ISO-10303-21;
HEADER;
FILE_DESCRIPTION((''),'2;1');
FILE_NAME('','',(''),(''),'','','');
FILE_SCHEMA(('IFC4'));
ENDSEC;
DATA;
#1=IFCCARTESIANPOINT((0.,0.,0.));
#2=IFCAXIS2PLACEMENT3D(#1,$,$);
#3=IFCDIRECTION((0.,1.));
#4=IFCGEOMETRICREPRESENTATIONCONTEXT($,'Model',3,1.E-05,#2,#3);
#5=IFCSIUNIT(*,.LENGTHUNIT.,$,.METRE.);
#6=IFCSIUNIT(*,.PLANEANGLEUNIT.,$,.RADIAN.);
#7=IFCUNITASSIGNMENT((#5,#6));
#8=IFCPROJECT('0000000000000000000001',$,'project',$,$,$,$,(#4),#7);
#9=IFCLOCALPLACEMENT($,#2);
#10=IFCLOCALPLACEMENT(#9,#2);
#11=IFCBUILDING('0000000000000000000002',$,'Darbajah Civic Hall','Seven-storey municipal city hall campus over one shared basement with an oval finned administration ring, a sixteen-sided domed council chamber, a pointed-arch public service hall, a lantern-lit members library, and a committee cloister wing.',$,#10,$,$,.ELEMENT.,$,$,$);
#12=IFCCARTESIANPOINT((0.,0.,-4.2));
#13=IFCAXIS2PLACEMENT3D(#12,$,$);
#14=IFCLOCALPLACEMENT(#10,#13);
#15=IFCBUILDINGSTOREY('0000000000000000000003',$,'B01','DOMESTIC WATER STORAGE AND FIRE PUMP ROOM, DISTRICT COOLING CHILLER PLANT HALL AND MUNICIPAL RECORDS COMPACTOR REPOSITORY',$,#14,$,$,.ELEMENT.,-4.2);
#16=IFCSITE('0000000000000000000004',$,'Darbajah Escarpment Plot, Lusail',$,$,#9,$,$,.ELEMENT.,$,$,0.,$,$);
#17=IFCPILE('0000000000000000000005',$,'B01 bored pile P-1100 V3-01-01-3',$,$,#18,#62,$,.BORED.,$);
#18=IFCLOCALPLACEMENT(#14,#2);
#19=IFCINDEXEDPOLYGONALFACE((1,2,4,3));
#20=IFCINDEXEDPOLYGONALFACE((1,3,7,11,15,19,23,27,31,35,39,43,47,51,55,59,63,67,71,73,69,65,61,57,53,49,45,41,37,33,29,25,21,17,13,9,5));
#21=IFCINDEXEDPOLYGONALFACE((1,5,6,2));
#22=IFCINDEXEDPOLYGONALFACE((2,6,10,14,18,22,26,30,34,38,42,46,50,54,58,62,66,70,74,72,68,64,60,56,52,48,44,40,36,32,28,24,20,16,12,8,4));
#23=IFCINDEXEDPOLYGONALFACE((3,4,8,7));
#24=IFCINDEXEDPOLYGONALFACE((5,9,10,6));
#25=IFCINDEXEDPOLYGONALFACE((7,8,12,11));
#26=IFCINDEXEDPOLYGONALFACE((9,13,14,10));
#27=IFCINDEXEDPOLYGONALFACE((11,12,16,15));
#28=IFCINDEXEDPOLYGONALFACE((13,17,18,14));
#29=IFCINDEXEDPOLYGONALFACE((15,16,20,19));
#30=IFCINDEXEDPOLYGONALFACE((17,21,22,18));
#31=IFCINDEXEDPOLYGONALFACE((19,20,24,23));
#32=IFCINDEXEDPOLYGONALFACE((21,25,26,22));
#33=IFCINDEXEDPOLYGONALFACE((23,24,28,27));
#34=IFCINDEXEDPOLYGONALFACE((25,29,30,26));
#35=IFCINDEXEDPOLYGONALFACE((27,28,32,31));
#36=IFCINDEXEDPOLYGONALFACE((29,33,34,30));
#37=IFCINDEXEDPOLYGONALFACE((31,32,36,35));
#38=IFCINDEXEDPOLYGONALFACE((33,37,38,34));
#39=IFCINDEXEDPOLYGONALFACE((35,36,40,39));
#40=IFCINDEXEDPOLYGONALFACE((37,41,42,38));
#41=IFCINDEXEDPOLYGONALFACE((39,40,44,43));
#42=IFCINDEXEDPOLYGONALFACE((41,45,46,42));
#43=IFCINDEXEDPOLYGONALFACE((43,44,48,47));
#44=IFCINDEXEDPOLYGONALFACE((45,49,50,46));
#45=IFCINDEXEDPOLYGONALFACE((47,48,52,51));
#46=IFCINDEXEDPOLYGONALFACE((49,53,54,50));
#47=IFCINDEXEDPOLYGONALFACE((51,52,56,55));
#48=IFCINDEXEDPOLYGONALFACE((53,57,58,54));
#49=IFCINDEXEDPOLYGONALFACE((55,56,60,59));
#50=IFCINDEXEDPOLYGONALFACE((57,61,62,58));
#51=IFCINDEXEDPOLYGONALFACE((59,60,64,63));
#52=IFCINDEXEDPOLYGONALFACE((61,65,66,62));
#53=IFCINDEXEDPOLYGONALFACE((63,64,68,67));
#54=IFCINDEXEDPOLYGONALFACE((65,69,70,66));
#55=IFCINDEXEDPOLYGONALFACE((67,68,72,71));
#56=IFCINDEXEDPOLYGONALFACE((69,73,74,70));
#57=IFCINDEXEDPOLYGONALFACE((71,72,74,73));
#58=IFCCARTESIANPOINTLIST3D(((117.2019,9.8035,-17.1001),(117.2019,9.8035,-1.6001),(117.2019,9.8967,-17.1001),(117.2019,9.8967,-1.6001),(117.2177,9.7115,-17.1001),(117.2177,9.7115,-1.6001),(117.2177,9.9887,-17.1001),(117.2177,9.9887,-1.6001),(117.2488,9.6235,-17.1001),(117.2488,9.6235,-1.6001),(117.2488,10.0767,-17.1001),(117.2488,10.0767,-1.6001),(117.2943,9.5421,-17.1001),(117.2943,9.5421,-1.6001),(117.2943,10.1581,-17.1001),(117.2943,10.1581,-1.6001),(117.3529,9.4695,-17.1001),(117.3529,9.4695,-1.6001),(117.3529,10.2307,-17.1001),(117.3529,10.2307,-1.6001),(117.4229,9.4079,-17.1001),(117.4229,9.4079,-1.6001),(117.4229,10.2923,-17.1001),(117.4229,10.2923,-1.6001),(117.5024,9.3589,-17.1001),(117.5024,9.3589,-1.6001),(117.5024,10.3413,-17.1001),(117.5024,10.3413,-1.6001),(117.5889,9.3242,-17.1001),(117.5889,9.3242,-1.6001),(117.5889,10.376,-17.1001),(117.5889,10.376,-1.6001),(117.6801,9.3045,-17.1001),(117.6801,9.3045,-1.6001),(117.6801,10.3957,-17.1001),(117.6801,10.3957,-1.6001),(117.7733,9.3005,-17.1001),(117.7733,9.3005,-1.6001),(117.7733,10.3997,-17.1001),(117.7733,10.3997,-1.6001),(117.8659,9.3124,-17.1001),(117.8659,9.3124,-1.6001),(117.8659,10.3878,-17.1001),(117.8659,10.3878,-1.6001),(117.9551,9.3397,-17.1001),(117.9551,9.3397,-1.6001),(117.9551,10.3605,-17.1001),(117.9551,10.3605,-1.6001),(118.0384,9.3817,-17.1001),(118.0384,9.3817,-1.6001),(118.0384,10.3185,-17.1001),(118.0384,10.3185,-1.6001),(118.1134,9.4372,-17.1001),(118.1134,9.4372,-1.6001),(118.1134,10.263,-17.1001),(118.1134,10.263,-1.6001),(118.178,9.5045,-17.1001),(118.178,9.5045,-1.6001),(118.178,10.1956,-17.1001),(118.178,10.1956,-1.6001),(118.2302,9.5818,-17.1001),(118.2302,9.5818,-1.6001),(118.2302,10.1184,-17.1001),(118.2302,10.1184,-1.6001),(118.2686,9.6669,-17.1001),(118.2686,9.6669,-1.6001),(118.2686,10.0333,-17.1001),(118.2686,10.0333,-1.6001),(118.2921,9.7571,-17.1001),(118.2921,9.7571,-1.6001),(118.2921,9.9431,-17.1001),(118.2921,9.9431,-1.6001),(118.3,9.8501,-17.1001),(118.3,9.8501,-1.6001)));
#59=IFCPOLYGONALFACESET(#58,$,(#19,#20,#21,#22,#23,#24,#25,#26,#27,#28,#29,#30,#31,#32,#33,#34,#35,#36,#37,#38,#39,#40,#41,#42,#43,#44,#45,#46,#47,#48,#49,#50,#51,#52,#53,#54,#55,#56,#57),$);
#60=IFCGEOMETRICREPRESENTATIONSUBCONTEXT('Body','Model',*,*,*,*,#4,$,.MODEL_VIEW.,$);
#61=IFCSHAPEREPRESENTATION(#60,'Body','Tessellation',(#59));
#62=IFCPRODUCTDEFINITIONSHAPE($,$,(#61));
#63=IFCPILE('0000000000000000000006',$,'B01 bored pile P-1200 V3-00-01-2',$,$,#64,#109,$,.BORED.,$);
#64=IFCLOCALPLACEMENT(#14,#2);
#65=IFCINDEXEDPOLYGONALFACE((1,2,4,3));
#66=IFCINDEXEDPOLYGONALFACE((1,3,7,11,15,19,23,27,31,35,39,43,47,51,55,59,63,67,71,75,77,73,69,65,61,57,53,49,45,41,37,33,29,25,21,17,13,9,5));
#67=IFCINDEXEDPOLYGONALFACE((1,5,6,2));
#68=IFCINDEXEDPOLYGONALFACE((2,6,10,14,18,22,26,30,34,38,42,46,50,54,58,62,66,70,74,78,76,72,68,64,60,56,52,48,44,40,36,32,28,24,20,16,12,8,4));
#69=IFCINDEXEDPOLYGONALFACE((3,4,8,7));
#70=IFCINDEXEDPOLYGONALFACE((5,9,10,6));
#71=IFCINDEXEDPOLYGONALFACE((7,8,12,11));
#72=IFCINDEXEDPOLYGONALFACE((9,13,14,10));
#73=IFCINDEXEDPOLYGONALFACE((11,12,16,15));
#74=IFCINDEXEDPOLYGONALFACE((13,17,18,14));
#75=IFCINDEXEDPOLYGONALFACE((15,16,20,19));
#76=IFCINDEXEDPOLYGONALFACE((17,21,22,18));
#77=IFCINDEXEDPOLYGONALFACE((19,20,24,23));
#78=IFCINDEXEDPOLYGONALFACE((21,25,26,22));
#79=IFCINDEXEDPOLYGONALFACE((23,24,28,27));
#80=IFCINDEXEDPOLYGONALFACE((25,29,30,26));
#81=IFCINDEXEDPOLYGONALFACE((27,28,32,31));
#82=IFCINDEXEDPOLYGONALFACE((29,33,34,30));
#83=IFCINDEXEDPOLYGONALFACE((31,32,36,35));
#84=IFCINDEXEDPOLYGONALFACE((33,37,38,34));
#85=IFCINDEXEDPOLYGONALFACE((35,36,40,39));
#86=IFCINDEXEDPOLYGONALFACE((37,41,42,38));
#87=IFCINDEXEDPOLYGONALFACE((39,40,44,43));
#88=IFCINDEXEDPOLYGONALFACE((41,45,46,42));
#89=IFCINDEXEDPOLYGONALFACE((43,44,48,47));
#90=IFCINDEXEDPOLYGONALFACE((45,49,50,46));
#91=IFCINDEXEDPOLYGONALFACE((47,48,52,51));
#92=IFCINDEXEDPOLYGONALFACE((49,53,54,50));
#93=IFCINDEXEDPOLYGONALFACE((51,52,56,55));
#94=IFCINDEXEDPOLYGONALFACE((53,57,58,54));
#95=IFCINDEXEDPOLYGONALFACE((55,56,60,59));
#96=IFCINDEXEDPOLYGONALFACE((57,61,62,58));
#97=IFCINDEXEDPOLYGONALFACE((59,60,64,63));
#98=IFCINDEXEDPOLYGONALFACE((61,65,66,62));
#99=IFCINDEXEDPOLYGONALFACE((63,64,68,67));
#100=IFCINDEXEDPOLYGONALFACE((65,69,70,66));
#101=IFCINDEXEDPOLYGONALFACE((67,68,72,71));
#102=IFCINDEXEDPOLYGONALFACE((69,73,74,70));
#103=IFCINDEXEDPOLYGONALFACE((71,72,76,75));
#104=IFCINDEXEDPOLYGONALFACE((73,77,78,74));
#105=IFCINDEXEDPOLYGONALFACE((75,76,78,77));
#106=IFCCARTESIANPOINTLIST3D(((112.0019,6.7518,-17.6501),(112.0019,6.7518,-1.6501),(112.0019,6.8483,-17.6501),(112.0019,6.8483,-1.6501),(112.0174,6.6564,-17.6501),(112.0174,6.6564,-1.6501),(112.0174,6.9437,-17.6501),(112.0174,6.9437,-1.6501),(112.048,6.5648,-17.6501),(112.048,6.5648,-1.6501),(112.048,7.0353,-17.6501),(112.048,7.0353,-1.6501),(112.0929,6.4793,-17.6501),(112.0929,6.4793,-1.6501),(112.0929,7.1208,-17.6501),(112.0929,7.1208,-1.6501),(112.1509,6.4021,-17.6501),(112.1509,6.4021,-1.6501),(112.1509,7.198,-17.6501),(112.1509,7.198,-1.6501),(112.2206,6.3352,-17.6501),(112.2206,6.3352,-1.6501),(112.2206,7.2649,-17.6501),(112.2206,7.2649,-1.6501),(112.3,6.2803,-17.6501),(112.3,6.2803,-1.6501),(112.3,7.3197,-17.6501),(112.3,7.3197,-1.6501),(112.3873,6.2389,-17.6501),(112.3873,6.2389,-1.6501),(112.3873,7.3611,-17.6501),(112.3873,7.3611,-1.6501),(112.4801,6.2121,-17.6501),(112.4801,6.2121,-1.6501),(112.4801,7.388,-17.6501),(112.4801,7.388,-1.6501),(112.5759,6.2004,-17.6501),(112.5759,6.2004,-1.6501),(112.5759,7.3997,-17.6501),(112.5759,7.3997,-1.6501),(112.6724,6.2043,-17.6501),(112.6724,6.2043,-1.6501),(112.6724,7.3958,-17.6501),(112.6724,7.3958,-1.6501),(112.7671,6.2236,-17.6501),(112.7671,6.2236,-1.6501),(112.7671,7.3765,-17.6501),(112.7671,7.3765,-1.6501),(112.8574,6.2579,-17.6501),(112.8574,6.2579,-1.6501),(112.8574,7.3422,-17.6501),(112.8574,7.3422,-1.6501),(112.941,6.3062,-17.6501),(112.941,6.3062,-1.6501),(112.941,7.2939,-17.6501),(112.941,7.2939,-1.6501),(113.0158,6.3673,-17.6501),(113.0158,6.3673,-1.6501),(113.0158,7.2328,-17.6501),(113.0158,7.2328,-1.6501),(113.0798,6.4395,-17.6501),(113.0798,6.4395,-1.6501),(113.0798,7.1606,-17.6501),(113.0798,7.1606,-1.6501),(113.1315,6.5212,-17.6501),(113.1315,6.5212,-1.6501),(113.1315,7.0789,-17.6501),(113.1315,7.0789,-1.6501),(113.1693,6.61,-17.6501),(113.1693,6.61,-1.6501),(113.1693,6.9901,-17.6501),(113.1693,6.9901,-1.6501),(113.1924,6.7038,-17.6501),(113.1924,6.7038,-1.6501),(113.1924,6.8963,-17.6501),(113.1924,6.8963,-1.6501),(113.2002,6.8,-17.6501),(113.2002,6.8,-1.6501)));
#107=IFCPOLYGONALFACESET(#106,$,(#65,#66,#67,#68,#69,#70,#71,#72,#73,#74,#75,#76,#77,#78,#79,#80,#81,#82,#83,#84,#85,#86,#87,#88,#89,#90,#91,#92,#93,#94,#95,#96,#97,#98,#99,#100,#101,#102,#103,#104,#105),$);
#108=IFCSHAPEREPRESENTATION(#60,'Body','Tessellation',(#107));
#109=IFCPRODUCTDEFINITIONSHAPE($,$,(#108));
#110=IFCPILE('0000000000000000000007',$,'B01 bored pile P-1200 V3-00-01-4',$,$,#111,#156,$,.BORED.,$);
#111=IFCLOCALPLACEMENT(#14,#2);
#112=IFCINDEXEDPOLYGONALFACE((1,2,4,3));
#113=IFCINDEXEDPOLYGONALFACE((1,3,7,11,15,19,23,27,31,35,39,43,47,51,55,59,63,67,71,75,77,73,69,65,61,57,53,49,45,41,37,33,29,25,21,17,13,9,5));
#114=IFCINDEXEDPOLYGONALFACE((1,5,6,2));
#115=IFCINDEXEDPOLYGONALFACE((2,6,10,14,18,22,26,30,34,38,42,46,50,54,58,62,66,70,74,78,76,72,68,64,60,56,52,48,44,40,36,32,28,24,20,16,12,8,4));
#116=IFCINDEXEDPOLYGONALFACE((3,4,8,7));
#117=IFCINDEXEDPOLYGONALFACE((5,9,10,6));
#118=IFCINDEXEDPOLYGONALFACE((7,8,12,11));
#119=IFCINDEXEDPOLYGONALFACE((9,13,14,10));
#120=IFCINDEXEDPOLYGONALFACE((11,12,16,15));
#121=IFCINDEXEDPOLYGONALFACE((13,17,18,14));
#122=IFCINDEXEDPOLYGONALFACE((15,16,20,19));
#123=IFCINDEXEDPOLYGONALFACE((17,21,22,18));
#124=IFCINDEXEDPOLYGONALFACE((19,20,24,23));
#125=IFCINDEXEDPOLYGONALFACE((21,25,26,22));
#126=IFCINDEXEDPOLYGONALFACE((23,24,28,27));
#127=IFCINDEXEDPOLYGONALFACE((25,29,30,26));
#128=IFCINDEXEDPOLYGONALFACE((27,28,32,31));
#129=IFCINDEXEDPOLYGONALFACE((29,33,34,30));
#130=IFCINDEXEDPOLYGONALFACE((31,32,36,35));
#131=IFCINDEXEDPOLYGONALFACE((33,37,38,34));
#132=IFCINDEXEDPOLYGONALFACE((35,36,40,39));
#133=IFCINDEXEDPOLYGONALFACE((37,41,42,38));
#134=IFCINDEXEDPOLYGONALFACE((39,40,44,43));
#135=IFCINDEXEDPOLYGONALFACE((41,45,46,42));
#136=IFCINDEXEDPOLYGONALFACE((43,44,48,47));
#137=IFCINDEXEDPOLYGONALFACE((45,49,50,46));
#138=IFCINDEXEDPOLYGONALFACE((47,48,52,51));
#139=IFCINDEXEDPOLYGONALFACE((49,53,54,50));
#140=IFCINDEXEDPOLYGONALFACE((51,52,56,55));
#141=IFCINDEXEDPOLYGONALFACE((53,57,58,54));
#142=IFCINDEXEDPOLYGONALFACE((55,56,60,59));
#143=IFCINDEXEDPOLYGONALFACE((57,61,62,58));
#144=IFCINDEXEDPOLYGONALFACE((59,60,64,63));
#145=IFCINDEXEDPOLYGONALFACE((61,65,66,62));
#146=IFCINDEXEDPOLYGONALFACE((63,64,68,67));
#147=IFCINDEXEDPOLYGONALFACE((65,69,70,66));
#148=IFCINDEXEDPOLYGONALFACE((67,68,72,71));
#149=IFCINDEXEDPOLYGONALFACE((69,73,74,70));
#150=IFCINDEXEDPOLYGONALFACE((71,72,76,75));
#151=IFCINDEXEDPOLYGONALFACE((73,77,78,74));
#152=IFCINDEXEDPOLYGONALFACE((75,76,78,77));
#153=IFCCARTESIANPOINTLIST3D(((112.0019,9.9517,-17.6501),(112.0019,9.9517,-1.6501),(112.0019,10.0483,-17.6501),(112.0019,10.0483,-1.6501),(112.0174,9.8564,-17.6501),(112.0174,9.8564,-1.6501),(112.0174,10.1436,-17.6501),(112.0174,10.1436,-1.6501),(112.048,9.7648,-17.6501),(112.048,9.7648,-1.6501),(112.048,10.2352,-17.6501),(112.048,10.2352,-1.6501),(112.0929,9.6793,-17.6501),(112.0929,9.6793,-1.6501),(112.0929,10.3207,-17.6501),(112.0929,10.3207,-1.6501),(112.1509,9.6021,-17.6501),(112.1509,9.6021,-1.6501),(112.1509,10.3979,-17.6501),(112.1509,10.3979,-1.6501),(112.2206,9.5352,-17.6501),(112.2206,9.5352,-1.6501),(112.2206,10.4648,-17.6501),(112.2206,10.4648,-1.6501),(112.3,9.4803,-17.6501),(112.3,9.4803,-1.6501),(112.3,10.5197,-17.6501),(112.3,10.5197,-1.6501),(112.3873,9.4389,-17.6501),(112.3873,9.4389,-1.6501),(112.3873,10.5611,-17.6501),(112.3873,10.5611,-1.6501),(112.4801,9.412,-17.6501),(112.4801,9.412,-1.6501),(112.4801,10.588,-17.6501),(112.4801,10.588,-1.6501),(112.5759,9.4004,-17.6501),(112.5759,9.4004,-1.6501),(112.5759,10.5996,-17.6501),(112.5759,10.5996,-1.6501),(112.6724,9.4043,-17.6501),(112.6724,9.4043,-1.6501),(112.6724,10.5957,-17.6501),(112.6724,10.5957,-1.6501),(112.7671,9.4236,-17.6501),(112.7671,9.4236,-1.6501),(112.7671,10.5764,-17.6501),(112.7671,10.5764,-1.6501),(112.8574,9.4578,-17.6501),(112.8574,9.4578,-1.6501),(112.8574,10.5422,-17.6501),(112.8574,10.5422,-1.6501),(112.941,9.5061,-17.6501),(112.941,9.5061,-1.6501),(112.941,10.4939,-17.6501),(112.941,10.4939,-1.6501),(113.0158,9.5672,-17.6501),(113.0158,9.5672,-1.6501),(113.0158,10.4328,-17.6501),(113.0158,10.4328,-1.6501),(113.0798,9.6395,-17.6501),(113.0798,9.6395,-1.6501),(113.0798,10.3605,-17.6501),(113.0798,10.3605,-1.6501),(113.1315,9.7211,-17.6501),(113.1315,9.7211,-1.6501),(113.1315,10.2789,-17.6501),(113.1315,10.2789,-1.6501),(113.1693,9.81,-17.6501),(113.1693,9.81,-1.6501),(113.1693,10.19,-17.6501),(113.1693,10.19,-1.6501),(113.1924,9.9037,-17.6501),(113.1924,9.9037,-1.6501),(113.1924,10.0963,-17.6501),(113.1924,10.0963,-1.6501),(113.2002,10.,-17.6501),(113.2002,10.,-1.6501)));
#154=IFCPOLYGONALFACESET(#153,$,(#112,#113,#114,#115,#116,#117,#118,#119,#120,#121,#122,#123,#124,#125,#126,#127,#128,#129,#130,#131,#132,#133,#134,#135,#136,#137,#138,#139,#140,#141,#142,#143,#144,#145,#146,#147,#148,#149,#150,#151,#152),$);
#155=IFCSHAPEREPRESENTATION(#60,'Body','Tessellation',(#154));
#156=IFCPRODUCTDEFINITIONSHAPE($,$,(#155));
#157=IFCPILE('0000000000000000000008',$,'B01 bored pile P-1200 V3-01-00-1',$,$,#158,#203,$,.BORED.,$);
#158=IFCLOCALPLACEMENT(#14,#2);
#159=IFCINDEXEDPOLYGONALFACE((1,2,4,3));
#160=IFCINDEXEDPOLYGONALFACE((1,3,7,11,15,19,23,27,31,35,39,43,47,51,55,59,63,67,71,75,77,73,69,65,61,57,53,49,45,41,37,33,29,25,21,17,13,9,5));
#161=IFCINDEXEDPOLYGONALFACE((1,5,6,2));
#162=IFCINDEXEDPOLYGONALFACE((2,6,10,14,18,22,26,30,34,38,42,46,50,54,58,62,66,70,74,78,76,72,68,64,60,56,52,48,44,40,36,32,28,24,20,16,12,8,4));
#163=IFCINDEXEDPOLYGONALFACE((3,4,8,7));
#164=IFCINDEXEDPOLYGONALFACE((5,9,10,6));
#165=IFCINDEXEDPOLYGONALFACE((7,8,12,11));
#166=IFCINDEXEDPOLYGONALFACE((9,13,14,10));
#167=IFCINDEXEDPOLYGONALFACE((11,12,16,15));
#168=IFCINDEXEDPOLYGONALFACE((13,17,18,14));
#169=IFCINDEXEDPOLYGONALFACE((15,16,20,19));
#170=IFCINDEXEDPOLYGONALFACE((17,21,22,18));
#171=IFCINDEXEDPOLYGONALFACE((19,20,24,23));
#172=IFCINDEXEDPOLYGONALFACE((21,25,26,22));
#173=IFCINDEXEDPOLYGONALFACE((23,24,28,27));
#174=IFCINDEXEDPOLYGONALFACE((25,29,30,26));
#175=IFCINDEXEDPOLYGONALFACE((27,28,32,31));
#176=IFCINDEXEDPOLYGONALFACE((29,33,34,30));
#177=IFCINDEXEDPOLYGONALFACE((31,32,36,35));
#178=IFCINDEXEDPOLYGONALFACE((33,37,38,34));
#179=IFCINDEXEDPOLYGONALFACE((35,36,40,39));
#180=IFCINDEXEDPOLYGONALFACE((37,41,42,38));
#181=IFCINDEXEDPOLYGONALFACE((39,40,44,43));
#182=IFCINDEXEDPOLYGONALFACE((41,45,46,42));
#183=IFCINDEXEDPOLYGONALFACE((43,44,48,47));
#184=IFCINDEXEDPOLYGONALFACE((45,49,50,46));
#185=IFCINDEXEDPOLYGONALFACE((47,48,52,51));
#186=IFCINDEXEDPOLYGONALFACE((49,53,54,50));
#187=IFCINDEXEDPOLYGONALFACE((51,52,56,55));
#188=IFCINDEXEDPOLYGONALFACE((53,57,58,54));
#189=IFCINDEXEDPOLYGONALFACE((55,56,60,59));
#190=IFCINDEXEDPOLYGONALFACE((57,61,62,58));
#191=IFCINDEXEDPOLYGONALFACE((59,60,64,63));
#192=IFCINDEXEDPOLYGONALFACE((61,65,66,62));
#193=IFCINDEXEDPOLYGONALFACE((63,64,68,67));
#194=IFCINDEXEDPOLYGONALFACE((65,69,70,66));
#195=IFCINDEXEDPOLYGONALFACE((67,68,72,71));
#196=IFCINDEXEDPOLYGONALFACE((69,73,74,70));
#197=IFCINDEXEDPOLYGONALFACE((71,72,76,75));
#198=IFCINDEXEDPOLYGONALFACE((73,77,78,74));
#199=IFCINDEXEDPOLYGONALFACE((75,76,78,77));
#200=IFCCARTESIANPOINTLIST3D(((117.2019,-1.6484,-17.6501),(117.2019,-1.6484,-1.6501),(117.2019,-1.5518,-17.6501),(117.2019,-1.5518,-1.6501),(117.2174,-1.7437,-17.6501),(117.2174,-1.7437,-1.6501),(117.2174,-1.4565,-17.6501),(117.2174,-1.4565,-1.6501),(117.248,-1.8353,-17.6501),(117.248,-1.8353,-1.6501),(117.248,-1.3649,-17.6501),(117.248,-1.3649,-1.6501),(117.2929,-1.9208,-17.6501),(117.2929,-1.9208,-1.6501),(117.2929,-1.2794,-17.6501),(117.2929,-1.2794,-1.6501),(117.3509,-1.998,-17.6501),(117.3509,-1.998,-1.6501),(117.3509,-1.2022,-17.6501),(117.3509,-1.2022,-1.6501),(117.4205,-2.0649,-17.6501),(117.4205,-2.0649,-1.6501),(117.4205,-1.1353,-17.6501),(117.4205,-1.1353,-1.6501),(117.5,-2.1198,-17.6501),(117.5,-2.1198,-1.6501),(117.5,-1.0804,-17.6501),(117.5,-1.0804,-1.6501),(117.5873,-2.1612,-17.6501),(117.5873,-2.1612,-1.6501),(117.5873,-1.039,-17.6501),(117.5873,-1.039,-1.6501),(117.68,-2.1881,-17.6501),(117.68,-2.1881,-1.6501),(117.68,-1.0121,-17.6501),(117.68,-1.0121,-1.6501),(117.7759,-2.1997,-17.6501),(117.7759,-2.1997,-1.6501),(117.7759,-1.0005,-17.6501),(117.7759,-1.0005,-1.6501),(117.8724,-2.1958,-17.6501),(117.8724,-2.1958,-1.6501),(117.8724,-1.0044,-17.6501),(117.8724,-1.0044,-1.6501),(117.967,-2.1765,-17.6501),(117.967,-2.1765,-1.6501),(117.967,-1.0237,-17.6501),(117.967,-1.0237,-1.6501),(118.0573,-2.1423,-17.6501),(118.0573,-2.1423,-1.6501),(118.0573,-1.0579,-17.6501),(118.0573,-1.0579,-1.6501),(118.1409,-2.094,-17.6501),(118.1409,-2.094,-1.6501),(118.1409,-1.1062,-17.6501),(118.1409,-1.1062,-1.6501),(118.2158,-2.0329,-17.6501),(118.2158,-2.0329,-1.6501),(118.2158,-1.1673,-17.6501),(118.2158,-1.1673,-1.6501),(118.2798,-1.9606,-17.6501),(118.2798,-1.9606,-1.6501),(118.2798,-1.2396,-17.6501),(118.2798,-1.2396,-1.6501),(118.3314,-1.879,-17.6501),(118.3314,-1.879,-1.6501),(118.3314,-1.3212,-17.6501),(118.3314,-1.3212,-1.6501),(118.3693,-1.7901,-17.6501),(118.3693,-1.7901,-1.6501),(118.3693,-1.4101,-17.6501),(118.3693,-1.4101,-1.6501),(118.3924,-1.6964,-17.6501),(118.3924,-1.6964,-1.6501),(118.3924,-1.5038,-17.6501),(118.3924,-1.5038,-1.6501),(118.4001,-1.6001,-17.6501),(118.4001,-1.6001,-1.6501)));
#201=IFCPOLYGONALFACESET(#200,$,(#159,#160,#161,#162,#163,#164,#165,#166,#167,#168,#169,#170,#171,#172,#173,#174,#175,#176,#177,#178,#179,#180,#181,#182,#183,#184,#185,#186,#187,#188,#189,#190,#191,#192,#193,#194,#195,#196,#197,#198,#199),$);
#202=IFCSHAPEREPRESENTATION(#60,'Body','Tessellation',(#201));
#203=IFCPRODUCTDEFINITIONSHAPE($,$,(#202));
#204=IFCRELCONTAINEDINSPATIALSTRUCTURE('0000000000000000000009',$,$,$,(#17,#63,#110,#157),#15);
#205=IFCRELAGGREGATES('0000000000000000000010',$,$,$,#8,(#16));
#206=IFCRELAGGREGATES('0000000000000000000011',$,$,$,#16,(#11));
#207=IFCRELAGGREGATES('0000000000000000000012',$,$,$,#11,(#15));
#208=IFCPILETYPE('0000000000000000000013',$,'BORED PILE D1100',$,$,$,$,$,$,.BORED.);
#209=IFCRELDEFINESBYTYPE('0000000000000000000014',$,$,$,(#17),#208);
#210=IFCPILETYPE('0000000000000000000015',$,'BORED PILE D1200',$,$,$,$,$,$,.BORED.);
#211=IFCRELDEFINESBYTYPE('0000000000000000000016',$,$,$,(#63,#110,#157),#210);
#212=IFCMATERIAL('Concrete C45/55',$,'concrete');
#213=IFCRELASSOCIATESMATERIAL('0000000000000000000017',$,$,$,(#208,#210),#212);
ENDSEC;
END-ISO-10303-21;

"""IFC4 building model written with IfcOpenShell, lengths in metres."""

from ifc_helpers import new_model, si_unit, direction, frame, origin, origin_2d, place, context, subcontext, project, spatial, circle, extrude, material, material_profile, profile_set, type_object, element, save


model = new_model("IFC4")

# Units and contexts
model_context = context("Model", 3, precision=1e-05, world=origin(), true_north=direction((0.0, 1.0)))
body_context = subcontext(model_context, "Body", "Model", "MODEL_VIEW")
ifc_project = project(units=[si_unit("LENGTHUNIT", "METRE"), si_unit("PLANEANGLEUNIT", "RADIAN")], contexts=[model_context])

# Site, building, storey
site_placement = place(None, origin())
site = spatial("IfcSite", under=ifc_project, at=site_placement, Name="Darbajah Escarpment Plot, Lusail", CompositionType="ELEMENT", RefElevation=0.0)
building_placement = place(site_placement, origin())
building = spatial("IfcBuilding", under=site, at=building_placement, Name="Darbajah Civic Hall", Description="Seven-storey municipal city hall campus over one shared basement with an oval finned administration ring, a sixteen-sided domed council chamber, a pointed-arch public service hall, a lantern-lit members library, and a committee cloister wing.", CompositionType="ELEMENT")
storey_placement = place(building_placement, frame((0.0, 0.0, -4.2)))
storey = spatial("IfcBuildingStorey", under=building, at=storey_placement, Name="B01", Description="DOMESTIC WATER STORAGE AND FIRE PUMP ROOM, DISTRICT COOLING CHILLER PLANT HALL AND MUNICIPAL RECORDS COMPACTOR REPOSITORY", CompositionType="ELEMENT", Elevation=-4.2)

# Piles
ifc_material_1 = material(Name="Concrete C45/55", Category="concrete")
ifc_material_profile_1 = material_profile(ifc_material_1, circle(Radius=0.55, at=origin_2d()), Name="BORED PILE D1100")
ifc_profile_set_1 = profile_set([ifc_material_profile_1], Name="Concrete C45/55")
pile_type_1 = type_object("IfcPileType", Name="BORED PILE D1100", PredefinedType="BORED", material=ifc_profile_set_1)
for number, where, z_axis, x_axis, name in (
    (1, (117.75, 9.8501, -1.6001), (0.0, 0.0, -1.0), (1.0, 0.0, 0.0), "B01 bored pile P-1100 V3-01-01-3"),
):
    element("IfcPile", number, at=place(storey_placement, frame(where, z_axis=z_axis, x_axis=x_axis)), inside=storey, type_object=pile_type_1, Name=name, PredefinedType="BORED", context=body_context, shape_type="SweptSolid", body=[
        extrude(circle(Radius=0.55, at=origin_2d()), origin(), (0.0, 0.0, 1.0), 15.5),
    ])
ifc_material_profile_2 = material_profile(ifc_material_1, circle(Radius=0.6001, at=origin_2d()), Name="BORED PILE D1200")
ifc_profile_set_2 = profile_set([ifc_material_profile_2], Name="Concrete C45/55")
pile_type_2 = type_object("IfcPileType", Name="BORED PILE D1200", PredefinedType="BORED", material=ifc_profile_set_2)
for number, where, z_axis, x_axis, name in (
    (2, (112.6001, 6.8, -1.6501), (0.0, 0.0, -1.0), (1.0, 0.0, 0.0), "B01 bored pile P-1200 V3-00-01-2"),
    (3, (112.6001, 10.0, -1.6501), (0.0, 0.0, -1.0), (1.0, 0.0, 0.0), "B01 bored pile P-1200 V3-00-01-4"),
    (4, (117.8, -1.6001, -1.6501), (0.0, 0.0, -1.0), (1.0, 0.0, 0.0), "B01 bored pile P-1200 V3-01-00-1"),
):
    element("IfcPile", number, at=place(storey_placement, frame(where, z_axis=z_axis, x_axis=x_axis)), inside=storey, type_object=pile_type_2, Name=name, PredefinedType="BORED", context=body_context, shape_type="SweptSolid", body=[
        extrude(circle(Radius=0.6001, at=origin_2d()), origin(), (0.0, 0.0, 1.0), 16.0),
    ])

save(model, "model.ifc")
